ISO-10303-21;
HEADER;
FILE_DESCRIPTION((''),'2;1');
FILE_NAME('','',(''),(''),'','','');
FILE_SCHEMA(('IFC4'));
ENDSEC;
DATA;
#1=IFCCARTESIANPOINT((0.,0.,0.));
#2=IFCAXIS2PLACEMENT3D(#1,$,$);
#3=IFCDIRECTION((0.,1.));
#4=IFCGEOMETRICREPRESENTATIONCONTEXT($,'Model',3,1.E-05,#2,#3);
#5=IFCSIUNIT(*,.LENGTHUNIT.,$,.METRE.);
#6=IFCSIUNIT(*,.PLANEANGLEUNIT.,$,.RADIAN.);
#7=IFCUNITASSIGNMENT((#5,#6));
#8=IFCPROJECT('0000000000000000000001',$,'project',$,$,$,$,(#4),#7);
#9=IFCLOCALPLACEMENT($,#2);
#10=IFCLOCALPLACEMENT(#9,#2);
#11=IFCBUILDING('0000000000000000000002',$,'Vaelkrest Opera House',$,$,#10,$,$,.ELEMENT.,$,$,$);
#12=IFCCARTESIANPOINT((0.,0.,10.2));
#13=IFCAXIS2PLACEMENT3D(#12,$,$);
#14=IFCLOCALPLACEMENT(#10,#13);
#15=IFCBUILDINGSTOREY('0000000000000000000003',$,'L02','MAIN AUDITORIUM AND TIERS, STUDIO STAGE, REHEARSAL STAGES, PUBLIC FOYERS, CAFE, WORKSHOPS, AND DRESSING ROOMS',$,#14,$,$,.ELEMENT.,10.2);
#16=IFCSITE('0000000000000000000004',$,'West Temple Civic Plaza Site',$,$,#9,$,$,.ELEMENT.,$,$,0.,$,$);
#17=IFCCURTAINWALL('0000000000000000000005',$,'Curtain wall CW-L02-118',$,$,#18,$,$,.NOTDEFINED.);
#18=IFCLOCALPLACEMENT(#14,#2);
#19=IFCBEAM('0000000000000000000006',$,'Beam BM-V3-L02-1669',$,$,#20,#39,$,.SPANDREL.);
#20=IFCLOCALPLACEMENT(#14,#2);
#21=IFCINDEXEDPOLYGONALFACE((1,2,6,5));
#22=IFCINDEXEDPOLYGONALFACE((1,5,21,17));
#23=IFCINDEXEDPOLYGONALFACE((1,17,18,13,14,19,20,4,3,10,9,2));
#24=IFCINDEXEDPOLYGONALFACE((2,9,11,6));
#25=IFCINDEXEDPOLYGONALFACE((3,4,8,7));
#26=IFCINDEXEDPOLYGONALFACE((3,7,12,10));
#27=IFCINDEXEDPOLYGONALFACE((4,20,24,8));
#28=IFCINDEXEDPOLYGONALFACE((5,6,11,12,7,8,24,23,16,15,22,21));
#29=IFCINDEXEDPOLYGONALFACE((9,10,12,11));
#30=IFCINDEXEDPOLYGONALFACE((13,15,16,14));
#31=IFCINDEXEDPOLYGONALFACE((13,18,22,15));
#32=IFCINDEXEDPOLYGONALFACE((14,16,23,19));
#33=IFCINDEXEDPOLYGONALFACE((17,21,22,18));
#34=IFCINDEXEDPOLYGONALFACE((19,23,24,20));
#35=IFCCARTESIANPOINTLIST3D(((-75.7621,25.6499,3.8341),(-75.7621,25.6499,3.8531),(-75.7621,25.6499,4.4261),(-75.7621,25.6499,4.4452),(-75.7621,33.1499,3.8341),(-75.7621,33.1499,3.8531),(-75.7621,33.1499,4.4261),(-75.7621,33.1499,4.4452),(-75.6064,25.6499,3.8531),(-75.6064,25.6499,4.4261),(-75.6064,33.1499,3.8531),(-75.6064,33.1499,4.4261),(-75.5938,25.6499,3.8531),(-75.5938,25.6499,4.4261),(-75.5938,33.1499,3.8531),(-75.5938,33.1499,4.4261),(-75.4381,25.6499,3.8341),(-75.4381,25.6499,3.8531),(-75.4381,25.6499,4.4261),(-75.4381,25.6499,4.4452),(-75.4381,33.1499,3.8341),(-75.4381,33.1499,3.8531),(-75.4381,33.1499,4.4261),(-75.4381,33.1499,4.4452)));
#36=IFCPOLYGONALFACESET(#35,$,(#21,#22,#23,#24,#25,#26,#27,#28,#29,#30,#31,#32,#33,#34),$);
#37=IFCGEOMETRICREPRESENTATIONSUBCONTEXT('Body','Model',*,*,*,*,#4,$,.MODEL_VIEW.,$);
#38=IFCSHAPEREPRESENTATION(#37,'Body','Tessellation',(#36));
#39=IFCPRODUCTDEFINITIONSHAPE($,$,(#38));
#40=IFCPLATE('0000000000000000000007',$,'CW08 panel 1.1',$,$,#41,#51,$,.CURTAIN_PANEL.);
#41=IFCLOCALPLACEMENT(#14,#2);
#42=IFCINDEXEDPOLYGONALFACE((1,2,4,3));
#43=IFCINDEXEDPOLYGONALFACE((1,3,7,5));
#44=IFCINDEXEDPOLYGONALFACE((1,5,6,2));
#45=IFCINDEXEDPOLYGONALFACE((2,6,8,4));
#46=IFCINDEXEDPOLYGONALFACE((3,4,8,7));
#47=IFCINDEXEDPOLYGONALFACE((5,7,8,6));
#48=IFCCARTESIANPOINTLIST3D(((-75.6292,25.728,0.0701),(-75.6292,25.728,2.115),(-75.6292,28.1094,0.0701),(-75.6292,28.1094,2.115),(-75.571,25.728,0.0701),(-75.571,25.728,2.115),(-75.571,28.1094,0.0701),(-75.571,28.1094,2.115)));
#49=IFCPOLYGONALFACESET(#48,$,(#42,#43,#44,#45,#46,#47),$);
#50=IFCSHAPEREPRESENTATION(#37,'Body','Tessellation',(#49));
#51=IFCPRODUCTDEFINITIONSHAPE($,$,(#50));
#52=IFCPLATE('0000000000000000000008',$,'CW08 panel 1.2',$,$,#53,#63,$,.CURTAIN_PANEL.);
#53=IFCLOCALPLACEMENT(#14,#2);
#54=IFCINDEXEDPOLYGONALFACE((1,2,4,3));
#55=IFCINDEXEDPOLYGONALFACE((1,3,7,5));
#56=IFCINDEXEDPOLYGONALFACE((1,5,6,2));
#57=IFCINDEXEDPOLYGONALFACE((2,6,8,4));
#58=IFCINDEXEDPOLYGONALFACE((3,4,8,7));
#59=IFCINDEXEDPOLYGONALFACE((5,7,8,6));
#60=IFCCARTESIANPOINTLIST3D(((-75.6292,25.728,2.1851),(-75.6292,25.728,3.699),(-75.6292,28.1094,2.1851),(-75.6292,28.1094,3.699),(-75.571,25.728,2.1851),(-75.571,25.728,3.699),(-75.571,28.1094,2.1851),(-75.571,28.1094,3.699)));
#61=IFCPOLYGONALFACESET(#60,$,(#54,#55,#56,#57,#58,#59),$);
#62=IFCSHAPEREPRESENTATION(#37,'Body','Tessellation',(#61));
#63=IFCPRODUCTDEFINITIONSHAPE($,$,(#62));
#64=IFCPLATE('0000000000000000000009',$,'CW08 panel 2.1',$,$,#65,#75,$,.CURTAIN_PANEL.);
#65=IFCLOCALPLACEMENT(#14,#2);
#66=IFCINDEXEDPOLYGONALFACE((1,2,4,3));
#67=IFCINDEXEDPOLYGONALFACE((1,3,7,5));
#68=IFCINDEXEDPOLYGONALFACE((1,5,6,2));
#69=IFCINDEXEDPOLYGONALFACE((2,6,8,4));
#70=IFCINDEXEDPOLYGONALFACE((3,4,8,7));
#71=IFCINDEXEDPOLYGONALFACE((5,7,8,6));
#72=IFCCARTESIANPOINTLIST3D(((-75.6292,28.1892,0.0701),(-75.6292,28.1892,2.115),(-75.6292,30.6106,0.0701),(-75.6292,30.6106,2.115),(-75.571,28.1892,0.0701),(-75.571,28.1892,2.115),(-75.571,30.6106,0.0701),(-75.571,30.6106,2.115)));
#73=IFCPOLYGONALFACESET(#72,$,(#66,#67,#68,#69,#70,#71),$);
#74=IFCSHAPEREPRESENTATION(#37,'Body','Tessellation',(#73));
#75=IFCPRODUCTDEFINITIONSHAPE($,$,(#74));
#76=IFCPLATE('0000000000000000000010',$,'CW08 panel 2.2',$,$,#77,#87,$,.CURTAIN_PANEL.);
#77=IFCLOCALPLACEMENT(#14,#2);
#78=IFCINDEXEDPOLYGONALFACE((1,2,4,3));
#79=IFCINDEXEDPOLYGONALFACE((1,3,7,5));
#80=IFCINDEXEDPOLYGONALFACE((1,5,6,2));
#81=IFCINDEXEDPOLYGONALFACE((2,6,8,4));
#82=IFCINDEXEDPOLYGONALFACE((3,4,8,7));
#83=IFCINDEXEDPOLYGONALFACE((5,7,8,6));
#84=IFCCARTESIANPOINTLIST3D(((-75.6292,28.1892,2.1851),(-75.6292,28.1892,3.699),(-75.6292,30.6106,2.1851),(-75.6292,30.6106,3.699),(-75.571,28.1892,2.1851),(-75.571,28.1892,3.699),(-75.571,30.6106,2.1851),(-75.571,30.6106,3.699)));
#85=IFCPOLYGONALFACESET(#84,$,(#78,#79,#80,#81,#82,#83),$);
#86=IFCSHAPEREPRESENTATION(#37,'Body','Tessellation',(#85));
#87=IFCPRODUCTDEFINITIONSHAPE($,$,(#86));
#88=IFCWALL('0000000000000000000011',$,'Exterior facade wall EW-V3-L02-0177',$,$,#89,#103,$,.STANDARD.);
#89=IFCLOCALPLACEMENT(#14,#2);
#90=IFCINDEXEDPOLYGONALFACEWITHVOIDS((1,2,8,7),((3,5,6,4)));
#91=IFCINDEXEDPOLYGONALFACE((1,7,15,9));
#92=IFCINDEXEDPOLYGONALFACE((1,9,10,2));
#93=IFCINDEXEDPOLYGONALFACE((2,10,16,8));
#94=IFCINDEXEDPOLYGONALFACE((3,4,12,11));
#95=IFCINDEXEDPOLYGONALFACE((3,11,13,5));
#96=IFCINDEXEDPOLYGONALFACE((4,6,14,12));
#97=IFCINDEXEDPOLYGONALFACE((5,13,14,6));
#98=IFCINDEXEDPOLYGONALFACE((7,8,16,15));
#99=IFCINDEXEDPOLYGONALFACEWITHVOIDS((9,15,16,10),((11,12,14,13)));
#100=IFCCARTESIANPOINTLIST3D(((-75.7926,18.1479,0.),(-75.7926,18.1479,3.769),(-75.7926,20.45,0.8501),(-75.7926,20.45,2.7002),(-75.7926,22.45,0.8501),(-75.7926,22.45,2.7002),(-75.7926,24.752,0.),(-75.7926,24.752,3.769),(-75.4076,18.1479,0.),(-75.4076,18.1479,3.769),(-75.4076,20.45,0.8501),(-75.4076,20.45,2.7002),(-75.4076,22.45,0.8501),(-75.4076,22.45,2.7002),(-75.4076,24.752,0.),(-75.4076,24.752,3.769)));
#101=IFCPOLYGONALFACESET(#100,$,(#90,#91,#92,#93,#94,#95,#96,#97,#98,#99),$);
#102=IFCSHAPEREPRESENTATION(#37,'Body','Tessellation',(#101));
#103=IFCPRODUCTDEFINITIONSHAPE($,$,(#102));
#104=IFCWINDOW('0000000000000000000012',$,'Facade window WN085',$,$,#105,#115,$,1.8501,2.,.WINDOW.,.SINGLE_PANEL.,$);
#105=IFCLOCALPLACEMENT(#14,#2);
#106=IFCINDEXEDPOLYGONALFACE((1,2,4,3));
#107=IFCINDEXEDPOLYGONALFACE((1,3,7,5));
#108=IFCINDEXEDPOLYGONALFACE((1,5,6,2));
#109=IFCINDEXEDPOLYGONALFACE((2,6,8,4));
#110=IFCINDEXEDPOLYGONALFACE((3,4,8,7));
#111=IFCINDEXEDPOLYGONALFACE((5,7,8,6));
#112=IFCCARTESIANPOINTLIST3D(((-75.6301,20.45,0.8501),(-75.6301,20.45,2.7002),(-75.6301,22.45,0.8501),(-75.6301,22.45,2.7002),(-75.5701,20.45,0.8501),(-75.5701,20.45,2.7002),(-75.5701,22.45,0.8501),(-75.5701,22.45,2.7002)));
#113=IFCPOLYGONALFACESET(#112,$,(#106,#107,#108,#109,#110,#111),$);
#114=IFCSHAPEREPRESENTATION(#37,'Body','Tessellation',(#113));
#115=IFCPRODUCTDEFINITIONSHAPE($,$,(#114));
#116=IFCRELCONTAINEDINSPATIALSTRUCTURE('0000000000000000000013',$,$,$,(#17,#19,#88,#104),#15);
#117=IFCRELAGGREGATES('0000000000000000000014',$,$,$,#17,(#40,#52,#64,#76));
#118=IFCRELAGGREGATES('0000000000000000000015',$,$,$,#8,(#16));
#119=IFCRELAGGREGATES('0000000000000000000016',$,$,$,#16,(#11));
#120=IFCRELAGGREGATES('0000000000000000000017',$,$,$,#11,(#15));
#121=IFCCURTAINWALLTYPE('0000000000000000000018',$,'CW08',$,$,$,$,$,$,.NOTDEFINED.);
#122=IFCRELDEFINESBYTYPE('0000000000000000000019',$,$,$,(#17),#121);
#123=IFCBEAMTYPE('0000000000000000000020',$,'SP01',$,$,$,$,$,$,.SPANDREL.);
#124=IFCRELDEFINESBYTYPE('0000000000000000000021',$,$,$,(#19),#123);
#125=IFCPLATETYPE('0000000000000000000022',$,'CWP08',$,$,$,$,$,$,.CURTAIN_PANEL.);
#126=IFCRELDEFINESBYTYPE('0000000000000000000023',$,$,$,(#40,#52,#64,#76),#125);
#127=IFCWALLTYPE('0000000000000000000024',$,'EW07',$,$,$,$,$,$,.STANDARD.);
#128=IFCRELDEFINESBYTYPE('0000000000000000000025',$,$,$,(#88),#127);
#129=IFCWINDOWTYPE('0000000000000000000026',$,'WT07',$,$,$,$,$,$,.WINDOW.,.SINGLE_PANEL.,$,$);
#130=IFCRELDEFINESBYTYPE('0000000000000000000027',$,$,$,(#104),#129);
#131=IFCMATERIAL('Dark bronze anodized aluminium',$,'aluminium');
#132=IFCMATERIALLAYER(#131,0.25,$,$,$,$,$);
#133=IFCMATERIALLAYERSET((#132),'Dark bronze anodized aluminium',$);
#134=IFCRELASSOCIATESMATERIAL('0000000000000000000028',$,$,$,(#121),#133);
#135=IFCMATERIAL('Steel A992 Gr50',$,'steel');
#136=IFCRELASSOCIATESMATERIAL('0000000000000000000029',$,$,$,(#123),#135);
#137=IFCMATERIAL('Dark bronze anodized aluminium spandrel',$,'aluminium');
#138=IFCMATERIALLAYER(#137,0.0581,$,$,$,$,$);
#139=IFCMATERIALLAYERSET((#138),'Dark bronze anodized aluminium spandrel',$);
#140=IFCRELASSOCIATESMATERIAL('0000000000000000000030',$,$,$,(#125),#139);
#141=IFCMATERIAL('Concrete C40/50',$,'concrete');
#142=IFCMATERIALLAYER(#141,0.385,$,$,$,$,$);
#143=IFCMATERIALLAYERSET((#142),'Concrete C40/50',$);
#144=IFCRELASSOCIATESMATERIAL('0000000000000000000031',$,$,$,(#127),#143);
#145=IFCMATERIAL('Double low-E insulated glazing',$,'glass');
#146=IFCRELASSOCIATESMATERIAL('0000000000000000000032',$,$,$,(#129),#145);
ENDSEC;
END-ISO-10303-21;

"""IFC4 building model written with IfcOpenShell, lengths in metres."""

from ifc_helpers import new_model, si_unit, direction, frame, frame_2d, origin, origin_2d, place, context, subcontext, project, spatial, rectangle, i_section, extrude, material, layer, layer_set, material_profile, profile_set, type_object, element, fill, aggregate, save


model = new_model("IFC4")

# Units and contexts
model_context = context("Model", 3, precision=1e-05, world=origin(), true_north=direction((0.0, 1.0)))
body_context = subcontext(model_context, "Body", "Model", "MODEL_VIEW")
ifc_project = project(units=[si_unit("LENGTHUNIT", "METRE"), si_unit("PLANEANGLEUNIT", "RADIAN")], contexts=[model_context])

# Site, building, storey
site_placement = place(None, origin())
site = spatial("IfcSite", under=ifc_project, at=site_placement, Name="West Temple Civic Plaza Site", CompositionType="ELEMENT", RefElevation=0.0)
building_placement = place(site_placement, origin())
building = spatial("IfcBuilding", under=site, at=building_placement, Name="Vaelkrest Opera House", CompositionType="ELEMENT")
storey_placement = place(building_placement, frame((0.0, 0.0, 10.2)))
storey = spatial("IfcBuildingStorey", under=building, at=storey_placement, Name="L02", Description="MAIN AUDITORIUM AND TIERS, STUDIO STAGE, REHEARSAL STAGES, PUBLIC FOYERS, CAFE, WORKSHOPS, AND DRESSING ROOMS", CompositionType="ELEMENT", Elevation=10.2)

# Shared definitions
ifc_material_1 = material(Name="Steel A992 Gr50", Category="steel")

# Curtain wall
ifc_material_2 = material(Name="Dark bronze anodized aluminium", Category="aluminium")
ifc_layer_1 = layer(ifc_material_2, 0.25)
ifc_layer_set_1 = layer_set([ifc_layer_1], Name="Dark bronze anodized aluminium")
curtain_wall_type = type_object("IfcCurtainWallType", Name="CW08", PredefinedType="NOTDEFINED", material=ifc_layer_set_1)
curtain_wall_placement = place(storey_placement, origin())
curtain_wall = element("IfcCurtainWall", 1, at=curtain_wall_placement, inside=storey, type_object=curtain_wall_type, Name="Curtain wall CW-L02-118", PredefinedType="NOTDEFINED")

# Beam
ifc_material_profile_1 = material_profile(ifc_material_1, i_section(OverallWidth=0.324, OverallDepth=0.6111, WebThickness=0.0127, FlangeThickness=0.019, at=origin_2d()), Name="W24X104")
ifc_profile_set_1 = profile_set([ifc_material_profile_1], Name="Steel A992 Gr50")
beam_type_1 = type_object("IfcBeamType", Name="SP01", PredefinedType="SPANDREL", material=ifc_profile_set_1)
beam_1_placement = place(storey_placement, frame((-75.6001, 25.6499, 4.1396), z_axis=(0.0, 1.0, 0.0), x_axis=(-1.0, 0.0, 0.0)))
element("IfcBeam", 2, at=beam_1_placement, inside=storey, type_object=beam_type_1, Name="Beam BM-V3-L02-1669", PredefinedType="SPANDREL", context=body_context, shape_type="SweptSolid", body=[
    extrude(i_section(OverallWidth=0.324, OverallDepth=0.6111, WebThickness=0.0127, FlangeThickness=0.019, at=origin_2d()), origin(), (0.0, 0.0, 1.0), 7.5),
])

# Plates
ifc_material_3 = material(Name="Dark bronze anodized aluminium spandrel", Category="aluminium")
ifc_layer_2 = layer(ifc_material_3, 0.0581)
ifc_layer_set_2 = layer_set([ifc_layer_2], Name="Dark bronze anodized aluminium spandrel")
plate_type = type_object("IfcPlateType", Name="CWP08", PredefinedType="CURTAIN_PANEL", material=ifc_layer_set_2)
plate_1_placement = place(storey_placement, frame((-75.6001, 26.9187, 0.0701), z_axis=(0.0, 0.0, 1.0), x_axis=(0.0, 1.0, 0.0)))
plate_1 = element("IfcPlate", 3, at=plate_1_placement, type_object=plate_type, Name="CW08 panel 1.1", PredefinedType="CURTAIN_PANEL", context=body_context, shape_type="SweptSolid", body=[
    extrude(rectangle(XDim=2.3813, YDim=0.0581, at=origin_2d()), origin(), (0.0, 0.0, 1.0), 2.0449),
])
plate_2_placement = place(storey_placement, frame((-75.6001, 26.9187, 2.1851), z_axis=(0.0, 0.0, 1.0), x_axis=(0.0, 1.0, 0.0)))
plate_2 = element("IfcPlate", 4, at=plate_2_placement, type_object=plate_type, Name="CW08 panel 1.2", PredefinedType="CURTAIN_PANEL", context=body_context, shape_type="SweptSolid", body=[
    extrude(rectangle(XDim=2.3813, YDim=0.0581, at=origin_2d()), origin(), (0.0, 0.0, 1.0), 1.5139),
])
plate_3_placement = place(storey_placement, frame((-75.6001, 29.3999, 0.0701), z_axis=(0.0, 0.0, 1.0), x_axis=(0.0, 1.0, 0.0)))
plate_3 = element("IfcPlate", 5, at=plate_3_placement, type_object=plate_type, Name="CW08 panel 2.1", PredefinedType="CURTAIN_PANEL", context=body_context, shape_type="SweptSolid", body=[
    extrude(rectangle(XDim=2.4214, YDim=0.0581, at=origin_2d()), origin(), (0.0, 0.0, 1.0), 2.0449),
])
plate_4_placement = place(storey_placement, frame((-75.6001, 29.3999, 2.1851), z_axis=(0.0, 0.0, 1.0), x_axis=(0.0, 1.0, 0.0)))
plate_4 = element("IfcPlate", 6, at=plate_4_placement, type_object=plate_type, Name="CW08 panel 2.2", PredefinedType="CURTAIN_PANEL", context=body_context, shape_type="SweptSolid", body=[
    extrude(rectangle(XDim=2.4214, YDim=0.0581, at=origin_2d()), origin(), (0.0, 0.0, 1.0), 1.5139),
])
aggregate(curtain_wall, [plate_1, plate_2, plate_3, plate_4])

# Wall, opening, window
ifc_material_4 = material(Name="Concrete C40/50", Category="concrete")
ifc_layer_3 = layer(ifc_material_4, 0.385)
ifc_layer_set_3 = layer_set([ifc_layer_3], Name="Concrete C40/50")
wall_type = type_object("IfcWallType", Name="EW07", PredefinedType="STANDARD", material=ifc_layer_set_3)
wall_placement = place(storey_placement, frame((-75.6001, 18.1479, 0.0), z_axis=(0.0, 0.0, 1.0), x_axis=(0.0, 1.0, 0.0)))
wall = element("IfcWall", 7, at=wall_placement, inside=storey, type_object=wall_type, Name="Exterior facade wall EW-V3-L02-0177", PredefinedType="STANDARD", context=body_context, shape_type="SweptSolid", body=[
    extrude(rectangle(XDim=6.604, YDim=0.385, at=frame_2d((3.302, 0.0))), origin(), (0.0, 0.0, 1.0), 3.769),
])
opening_placement = place(wall_placement, frame((2.302, 0.0, 0.8501)))
opening = element("IfcOpeningElement", 8, at=opening_placement, cuts=wall, PredefinedType="OPENING", context=body_context, shape_type="SweptSolid", body=[
    extrude(rectangle(XDim=2.0, YDim=1.8501, at=frame_2d((1.0, 0.925))), frame((0.0, 0.2024, 0.0), z_axis=(0.0, -1.0, 0.0), x_axis=(1.0, 0.0, 0.0)), (0.0, 0.0, 1.0), 0.405),
])
ifc_material_5 = material(Name="Double low-E insulated glazing", Category="glass")
window_type = type_object("IfcWindowType", Name="WT07", PartitioningType="SINGLE_PANEL", PredefinedType="WINDOW", material=ifc_material_5)
window_placement = place(opening_placement, origin())
window = element("IfcWindow", 9, at=window_placement, inside=storey, type_object=window_type, Name="Facade window WN085", OverallHeight=1.8501, OverallWidth=2.0, PartitioningType="SINGLE_PANEL", PredefinedType="WINDOW", context=body_context, shape_type="SweptSolid", body=[
    extrude(rectangle(XDim=2.0, YDim=1.8501, at=frame_2d((1.0, 0.925))), frame((0.0, 0.03, 0.0), z_axis=(0.0, -1.0, 0.0), x_axis=(1.0, 0.0, 0.0)), (0.0, 0.0, 1.0), 0.0601),
])
fill(opening, window)

save(model, "model.ifc")
